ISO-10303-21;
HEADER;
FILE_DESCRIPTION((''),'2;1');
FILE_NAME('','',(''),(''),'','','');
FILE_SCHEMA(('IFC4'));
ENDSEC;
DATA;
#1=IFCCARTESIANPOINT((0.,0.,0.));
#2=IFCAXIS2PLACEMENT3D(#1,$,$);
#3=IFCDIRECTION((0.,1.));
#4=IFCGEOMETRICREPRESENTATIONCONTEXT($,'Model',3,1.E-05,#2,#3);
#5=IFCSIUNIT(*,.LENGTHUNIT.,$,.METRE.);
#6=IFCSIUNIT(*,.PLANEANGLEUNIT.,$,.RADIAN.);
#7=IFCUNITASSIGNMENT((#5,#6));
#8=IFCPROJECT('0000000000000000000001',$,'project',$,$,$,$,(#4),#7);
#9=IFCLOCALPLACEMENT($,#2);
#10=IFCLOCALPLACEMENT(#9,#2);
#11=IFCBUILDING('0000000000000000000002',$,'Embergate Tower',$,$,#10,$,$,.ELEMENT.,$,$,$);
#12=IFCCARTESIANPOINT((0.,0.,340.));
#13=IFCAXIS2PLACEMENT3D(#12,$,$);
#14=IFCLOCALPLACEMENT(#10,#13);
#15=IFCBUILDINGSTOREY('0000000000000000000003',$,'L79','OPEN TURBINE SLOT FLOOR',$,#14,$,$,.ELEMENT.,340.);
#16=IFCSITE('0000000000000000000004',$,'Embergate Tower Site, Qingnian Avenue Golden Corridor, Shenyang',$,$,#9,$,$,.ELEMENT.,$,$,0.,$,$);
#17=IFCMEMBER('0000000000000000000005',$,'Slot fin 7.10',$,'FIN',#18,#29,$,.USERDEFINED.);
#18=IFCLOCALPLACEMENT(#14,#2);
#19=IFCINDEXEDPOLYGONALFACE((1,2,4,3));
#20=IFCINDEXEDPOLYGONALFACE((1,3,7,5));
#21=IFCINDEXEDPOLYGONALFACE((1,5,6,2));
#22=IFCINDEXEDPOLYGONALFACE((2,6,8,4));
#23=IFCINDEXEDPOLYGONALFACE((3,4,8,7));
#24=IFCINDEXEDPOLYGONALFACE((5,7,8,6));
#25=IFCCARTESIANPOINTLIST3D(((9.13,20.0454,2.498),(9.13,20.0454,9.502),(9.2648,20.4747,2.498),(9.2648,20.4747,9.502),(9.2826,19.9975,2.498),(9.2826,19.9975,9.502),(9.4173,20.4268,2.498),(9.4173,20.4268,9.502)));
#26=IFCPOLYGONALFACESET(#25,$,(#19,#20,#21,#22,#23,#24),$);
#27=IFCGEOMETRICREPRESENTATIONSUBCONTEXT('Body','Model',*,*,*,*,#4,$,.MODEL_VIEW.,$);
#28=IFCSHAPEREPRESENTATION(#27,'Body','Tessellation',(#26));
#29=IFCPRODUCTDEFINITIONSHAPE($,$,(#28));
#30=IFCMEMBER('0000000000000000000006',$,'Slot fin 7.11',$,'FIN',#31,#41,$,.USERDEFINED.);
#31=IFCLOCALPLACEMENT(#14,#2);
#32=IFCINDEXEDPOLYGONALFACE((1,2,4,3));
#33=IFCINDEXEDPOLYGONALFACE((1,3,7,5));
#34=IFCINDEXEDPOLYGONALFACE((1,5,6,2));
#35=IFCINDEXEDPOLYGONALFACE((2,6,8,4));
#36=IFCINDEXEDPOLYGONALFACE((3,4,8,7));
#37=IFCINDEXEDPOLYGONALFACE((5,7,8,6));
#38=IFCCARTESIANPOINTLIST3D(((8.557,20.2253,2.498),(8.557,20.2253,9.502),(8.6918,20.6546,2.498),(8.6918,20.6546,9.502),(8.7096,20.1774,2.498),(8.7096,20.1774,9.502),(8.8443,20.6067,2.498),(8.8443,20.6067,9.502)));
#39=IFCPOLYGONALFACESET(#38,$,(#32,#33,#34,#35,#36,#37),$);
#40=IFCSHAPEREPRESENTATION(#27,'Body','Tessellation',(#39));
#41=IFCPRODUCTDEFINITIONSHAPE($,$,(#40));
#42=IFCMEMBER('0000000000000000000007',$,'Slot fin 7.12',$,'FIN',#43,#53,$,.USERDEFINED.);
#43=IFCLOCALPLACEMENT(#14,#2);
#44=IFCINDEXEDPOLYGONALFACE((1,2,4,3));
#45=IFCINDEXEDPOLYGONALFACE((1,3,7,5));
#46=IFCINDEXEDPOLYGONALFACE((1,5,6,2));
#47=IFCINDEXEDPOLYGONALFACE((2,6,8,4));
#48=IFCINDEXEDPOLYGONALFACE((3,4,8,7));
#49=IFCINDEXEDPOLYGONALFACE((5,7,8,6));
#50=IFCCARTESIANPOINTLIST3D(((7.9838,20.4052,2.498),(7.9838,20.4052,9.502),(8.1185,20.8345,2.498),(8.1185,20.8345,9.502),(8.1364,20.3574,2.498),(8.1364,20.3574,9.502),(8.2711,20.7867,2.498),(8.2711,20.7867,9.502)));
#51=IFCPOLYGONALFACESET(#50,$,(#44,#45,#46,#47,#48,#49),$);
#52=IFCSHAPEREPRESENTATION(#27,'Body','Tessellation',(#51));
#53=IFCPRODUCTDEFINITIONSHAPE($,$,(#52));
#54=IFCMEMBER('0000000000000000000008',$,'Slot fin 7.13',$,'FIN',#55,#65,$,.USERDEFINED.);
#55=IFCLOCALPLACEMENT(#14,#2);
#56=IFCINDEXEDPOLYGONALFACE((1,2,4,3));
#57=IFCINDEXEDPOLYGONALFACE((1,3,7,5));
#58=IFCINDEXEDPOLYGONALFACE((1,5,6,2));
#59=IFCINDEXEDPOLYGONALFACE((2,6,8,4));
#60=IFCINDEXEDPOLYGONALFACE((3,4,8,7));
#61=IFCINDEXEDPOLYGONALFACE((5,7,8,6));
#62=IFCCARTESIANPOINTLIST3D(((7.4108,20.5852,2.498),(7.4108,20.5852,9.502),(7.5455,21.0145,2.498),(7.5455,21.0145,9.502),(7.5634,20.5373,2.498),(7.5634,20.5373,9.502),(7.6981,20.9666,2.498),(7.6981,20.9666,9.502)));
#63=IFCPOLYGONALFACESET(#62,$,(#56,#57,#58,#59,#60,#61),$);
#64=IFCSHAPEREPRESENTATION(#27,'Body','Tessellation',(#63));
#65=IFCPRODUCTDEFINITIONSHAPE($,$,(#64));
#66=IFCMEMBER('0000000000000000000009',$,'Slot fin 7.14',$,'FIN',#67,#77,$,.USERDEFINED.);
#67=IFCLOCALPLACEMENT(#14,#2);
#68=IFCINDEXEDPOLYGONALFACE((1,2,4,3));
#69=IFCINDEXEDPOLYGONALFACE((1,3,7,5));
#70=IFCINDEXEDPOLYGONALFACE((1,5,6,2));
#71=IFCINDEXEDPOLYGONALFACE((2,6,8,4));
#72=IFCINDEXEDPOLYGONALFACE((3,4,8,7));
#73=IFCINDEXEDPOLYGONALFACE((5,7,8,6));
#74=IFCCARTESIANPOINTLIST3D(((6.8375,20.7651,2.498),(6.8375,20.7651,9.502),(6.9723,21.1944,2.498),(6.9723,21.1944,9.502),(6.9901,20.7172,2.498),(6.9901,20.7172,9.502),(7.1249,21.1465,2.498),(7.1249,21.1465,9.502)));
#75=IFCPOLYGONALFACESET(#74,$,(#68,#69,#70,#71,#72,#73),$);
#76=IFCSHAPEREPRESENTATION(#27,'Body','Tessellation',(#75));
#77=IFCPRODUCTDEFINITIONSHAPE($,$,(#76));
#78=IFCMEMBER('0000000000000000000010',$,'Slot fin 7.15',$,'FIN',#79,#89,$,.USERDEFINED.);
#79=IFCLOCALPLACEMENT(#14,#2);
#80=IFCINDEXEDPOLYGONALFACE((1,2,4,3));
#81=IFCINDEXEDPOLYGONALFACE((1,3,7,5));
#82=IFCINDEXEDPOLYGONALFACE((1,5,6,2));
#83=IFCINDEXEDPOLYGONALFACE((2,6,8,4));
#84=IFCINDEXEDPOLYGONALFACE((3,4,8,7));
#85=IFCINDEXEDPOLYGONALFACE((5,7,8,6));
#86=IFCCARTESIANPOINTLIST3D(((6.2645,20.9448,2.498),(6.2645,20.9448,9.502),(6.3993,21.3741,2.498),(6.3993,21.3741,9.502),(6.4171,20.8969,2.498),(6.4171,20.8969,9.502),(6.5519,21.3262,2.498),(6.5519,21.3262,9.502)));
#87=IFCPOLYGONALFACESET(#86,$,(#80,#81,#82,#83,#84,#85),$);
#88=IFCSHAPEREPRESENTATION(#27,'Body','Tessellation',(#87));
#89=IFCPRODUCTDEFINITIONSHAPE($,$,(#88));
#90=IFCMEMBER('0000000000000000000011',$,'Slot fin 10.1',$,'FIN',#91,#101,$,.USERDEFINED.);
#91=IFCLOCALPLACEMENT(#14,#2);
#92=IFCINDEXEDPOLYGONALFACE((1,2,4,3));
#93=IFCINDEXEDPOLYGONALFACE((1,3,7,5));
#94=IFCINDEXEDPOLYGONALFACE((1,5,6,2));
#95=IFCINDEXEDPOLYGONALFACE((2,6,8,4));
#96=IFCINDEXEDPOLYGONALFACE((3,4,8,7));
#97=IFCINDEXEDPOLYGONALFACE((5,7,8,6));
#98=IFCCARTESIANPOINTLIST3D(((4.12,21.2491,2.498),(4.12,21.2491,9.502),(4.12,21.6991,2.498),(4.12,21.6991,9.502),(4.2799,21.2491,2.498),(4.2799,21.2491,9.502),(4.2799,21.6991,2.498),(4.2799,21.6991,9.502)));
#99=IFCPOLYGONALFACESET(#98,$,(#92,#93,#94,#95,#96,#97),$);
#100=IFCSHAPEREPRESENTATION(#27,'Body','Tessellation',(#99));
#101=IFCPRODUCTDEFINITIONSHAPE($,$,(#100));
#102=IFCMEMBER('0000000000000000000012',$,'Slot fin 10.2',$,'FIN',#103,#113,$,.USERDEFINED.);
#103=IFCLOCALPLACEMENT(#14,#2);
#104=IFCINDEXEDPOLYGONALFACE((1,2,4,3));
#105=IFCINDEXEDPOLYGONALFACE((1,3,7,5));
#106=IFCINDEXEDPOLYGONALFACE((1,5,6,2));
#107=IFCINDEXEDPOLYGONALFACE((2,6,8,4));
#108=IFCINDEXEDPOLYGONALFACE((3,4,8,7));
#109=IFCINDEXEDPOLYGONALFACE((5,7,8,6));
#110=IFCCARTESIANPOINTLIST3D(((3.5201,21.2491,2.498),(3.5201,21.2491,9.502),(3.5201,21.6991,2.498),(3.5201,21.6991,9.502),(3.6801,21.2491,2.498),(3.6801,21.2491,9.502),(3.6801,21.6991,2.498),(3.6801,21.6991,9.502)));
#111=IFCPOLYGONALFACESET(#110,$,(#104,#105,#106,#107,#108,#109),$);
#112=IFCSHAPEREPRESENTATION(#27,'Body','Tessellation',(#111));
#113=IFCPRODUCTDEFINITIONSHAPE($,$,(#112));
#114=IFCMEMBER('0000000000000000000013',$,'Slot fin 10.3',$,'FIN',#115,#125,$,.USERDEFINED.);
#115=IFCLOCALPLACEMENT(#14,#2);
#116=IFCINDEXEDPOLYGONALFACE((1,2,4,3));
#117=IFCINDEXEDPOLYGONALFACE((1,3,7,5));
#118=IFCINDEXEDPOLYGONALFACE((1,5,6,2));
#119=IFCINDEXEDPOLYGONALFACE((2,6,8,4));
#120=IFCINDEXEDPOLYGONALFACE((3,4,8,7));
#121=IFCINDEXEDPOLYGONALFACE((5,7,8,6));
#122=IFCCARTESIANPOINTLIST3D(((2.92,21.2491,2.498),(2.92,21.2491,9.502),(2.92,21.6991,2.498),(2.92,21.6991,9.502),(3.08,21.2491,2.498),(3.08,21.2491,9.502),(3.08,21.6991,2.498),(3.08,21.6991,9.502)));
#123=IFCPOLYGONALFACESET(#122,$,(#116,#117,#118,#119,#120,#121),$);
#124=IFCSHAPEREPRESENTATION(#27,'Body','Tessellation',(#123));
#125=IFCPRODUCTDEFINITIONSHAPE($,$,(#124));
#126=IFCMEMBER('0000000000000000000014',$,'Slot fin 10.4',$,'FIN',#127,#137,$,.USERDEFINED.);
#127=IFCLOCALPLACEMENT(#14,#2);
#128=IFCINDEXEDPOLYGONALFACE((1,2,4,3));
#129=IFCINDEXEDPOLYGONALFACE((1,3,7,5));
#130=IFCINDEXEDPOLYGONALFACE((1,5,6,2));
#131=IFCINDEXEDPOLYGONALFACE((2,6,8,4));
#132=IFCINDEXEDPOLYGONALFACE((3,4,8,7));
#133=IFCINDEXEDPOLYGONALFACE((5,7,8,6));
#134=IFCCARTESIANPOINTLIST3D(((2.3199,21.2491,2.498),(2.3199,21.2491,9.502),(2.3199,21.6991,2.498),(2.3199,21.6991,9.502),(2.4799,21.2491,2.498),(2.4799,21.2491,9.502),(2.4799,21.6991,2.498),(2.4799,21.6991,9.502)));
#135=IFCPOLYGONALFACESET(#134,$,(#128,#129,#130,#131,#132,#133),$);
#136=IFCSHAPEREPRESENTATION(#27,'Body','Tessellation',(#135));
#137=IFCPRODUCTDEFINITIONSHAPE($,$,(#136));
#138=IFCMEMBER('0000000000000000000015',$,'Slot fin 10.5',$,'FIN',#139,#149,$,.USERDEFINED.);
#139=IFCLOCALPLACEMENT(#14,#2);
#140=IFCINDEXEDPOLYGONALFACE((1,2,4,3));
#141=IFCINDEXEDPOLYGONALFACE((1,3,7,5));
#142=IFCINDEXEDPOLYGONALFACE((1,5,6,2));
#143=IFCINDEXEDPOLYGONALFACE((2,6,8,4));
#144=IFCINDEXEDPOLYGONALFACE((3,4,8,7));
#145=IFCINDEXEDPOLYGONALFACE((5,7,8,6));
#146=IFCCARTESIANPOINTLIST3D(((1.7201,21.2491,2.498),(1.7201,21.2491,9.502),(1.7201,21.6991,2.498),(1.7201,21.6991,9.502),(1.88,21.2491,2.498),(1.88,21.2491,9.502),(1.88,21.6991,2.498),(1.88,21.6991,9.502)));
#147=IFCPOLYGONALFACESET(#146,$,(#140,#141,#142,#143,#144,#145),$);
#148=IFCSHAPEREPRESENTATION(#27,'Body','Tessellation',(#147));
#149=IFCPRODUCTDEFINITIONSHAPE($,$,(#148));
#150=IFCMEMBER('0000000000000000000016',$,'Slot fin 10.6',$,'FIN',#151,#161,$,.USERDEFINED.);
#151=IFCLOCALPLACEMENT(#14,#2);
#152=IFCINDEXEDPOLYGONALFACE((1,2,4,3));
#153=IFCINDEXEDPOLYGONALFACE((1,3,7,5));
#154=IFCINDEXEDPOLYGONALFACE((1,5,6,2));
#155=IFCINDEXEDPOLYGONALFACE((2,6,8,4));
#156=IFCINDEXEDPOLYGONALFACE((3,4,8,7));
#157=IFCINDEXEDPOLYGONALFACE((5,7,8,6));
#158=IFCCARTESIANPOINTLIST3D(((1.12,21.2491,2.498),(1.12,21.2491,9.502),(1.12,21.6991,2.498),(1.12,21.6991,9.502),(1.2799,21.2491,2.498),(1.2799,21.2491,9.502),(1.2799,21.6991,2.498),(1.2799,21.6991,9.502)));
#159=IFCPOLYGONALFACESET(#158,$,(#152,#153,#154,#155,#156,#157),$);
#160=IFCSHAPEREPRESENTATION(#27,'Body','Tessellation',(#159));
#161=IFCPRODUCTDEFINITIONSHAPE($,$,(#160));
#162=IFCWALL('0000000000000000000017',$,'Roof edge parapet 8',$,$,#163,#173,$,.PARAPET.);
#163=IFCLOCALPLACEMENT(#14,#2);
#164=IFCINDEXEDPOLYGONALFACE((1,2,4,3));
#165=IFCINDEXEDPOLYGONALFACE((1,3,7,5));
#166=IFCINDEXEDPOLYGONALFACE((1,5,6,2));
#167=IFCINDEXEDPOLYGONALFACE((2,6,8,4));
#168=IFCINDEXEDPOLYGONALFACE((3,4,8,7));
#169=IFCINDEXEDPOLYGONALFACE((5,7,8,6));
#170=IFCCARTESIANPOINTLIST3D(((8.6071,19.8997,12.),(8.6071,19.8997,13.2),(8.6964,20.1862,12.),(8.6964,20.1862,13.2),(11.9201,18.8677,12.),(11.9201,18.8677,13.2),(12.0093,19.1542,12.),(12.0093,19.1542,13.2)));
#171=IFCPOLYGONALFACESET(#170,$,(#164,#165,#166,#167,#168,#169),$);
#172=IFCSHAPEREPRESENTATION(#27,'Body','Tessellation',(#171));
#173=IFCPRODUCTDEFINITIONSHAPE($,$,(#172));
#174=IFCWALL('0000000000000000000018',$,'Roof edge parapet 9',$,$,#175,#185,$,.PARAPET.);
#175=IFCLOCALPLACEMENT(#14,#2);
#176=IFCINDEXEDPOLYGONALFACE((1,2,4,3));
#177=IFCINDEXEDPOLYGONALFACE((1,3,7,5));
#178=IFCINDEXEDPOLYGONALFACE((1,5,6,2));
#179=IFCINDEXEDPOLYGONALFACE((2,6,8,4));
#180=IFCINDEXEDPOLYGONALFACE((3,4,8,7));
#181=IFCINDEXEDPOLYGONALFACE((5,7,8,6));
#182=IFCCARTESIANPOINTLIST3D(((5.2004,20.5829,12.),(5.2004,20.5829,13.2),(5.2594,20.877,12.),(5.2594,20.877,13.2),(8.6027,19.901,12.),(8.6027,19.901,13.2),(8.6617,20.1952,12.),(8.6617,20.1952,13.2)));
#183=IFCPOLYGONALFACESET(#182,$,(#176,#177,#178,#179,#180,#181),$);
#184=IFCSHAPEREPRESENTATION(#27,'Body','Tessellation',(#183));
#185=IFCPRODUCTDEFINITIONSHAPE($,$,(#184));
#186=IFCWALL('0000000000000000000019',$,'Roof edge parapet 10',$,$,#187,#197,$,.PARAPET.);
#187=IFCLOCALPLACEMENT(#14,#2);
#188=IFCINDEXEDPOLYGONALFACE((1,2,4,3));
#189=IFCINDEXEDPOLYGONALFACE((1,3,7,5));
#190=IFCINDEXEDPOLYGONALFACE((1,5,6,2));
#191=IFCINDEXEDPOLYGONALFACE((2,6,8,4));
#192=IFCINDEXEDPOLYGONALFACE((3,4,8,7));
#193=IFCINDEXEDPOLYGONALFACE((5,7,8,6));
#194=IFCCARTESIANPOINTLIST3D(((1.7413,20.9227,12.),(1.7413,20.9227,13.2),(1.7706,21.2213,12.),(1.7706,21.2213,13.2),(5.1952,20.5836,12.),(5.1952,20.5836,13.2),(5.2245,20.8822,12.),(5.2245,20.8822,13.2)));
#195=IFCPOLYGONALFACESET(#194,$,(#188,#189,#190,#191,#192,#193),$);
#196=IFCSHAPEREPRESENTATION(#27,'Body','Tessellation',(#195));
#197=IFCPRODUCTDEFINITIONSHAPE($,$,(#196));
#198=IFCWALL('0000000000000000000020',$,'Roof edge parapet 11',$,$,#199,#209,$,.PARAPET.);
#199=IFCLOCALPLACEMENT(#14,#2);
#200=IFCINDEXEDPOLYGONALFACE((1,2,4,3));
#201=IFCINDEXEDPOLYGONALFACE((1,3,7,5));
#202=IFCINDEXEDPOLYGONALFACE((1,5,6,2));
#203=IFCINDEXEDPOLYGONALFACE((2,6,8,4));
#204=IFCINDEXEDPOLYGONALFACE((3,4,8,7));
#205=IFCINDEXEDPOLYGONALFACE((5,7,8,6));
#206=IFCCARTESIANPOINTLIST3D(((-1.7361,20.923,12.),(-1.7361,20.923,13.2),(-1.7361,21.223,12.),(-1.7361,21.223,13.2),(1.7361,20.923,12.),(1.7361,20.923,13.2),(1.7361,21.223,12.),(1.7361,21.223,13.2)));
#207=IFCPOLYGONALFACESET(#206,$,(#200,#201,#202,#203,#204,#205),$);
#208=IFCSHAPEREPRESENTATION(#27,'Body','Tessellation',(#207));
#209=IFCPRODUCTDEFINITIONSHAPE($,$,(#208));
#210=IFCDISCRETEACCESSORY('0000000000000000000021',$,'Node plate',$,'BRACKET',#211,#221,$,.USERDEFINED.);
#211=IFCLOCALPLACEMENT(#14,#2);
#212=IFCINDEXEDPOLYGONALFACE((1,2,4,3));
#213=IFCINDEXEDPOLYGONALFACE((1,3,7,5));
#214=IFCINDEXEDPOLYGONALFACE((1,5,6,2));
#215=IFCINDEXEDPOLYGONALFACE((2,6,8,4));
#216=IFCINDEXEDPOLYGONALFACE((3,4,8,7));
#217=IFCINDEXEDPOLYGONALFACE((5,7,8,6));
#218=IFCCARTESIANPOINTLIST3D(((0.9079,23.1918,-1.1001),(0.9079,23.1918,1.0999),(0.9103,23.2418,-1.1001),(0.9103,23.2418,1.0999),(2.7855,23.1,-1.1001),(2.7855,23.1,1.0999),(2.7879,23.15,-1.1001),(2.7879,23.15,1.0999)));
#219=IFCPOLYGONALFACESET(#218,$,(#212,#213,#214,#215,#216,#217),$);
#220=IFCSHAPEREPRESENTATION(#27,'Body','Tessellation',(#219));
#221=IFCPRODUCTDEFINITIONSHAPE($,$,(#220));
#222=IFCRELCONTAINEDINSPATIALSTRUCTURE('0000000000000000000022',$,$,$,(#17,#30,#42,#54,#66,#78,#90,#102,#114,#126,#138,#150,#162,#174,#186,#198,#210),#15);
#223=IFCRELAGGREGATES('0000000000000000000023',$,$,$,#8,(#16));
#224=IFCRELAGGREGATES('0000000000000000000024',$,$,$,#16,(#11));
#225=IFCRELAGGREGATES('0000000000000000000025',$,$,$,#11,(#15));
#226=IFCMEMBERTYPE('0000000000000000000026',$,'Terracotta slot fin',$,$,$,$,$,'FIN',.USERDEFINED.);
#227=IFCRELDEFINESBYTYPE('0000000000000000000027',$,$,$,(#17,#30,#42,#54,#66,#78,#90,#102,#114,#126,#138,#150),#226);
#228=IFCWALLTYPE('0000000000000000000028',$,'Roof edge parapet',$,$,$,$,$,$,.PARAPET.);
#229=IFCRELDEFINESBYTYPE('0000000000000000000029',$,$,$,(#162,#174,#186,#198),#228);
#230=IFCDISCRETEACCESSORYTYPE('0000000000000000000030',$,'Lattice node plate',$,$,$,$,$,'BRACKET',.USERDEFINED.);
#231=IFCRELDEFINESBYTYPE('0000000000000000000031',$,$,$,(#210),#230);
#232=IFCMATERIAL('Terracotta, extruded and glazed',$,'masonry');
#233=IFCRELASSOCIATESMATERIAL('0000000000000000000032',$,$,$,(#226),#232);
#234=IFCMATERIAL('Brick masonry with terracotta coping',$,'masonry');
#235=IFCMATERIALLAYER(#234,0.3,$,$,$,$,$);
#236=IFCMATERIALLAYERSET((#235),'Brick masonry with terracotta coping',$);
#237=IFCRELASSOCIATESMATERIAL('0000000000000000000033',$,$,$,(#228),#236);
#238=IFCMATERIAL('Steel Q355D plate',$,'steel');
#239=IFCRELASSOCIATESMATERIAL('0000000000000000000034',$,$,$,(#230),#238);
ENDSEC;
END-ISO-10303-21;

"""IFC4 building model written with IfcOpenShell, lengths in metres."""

from ifc_helpers import new_model, si_unit, direction, frame, frame_2d, origin, origin_2d, place, context, subcontext, project, spatial, rectangle, extrude, source, transform, mapped, material, layer, layer_set, material_profile, profile_set, type_object, element, save


model = new_model("IFC4")

# Units and contexts
model_context = context("Model", 3, precision=1e-05, world=origin(), true_north=direction((0.0, 1.0)))
body_context = subcontext(model_context, "Body", "Model", "MODEL_VIEW")
ifc_project = project(units=[si_unit("LENGTHUNIT", "METRE"), si_unit("PLANEANGLEUNIT", "RADIAN")], contexts=[model_context])

# Site, building, storey
site_placement = place(None, origin())
site = spatial("IfcSite", under=ifc_project, at=site_placement, Name="Embergate Tower Site, Qingnian Avenue Golden Corridor, Shenyang", CompositionType="ELEMENT", RefElevation=0.0)
building_placement = place(site_placement, origin())
building = spatial("IfcBuilding", under=site, at=building_placement, Name="Embergate Tower", CompositionType="ELEMENT")
storey_placement = place(building_placement, frame((0.0, 0.0, 340.0)))
storey = spatial("IfcBuildingStorey", under=building, at=storey_placement, Name="L79", Description="OPEN TURBINE SLOT FLOOR", CompositionType="ELEMENT", Elevation=340.0)

# Members
ifc_material_1 = material(Name="Terracotta, extruded and glazed", Category="masonry")
ifc_material_profile_1 = material_profile(ifc_material_1, rectangle(XDim=0.45, YDim=0.1599, at=origin_2d()), Name="TC 450x160")
ifc_profile_set_1 = profile_set([ifc_material_profile_1], Name="Terracotta, extruded and glazed")
member_type_1 = type_object("IfcMemberType", Name="Terracotta slot fin", ElementType="FIN", PredefinedType="USERDEFINED", material=ifc_profile_set_1)
shared_shape_1 = source(origin(), body_context, "Body", "SweptSolid", [
    extrude(rectangle(XDim=0.45, YDim=0.1599, at=origin_2d()), origin(), (0.0, 0.0, 1.0), 7.0039),
])
for number, where, z_axis, x_axis, name in (
    (1, (9.2737, 20.2361, 2.498), (0.0, 0.0, 1.0), (-0.299449, -0.954112, 0.0), "Slot fin 7.10"),
    (2, (8.7007, 20.416, 2.498), (0.0, 0.0, 1.0), (-0.299449, -0.954112, 0.0), "Slot fin 7.11"),
    (3, (8.1274, 20.5959, 2.498), (0.0, 0.0, 1.0), (-0.299449, -0.954112, 0.0), "Slot fin 7.12"),
    (4, (7.5544, 20.7759, 2.498), (0.0, 0.0, 1.0), (-0.299449, -0.954112, 0.0), "Slot fin 7.13"),
    (5, (6.9812, 20.9558, 2.498), (0.0, 0.0, 1.0), (-0.299449, -0.954112, 0.0), "Slot fin 7.14"),
    (6, (6.4082, 21.1355, 2.498), (0.0, 0.0, 1.0), (-0.299449, -0.954112, 0.0), "Slot fin 7.15"),
    (7, (4.2, 21.4741, 2.498), (0.0, 0.0, 1.0), (0.0, -1.0, 0.0), "Slot fin 10.1"),
    (8, (3.6001, 21.4741, 2.498), (0.0, 0.0, 1.0), (0.0, -1.0, 0.0), "Slot fin 10.2"),
    (9, (3.0, 21.4741, 2.498), (0.0, 0.0, 1.0), (0.0, -1.0, 0.0), "Slot fin 10.3"),
    (10, (2.3999, 21.4741, 2.498), (0.0, 0.0, 1.0), (0.0, -1.0, 0.0), "Slot fin 10.4"),
    (11, (1.8, 21.4741, 2.498), (0.0, 0.0, 1.0), (0.0, -1.0, 0.0), "Slot fin 10.5"),
    (12, (1.2, 21.4741, 2.498), (0.0, 0.0, 1.0), (0.0, -1.0, 0.0), "Slot fin 10.6"),
):
    element("IfcMember", number, at=place(storey_placement, frame(where, z_axis=z_axis, x_axis=x_axis)), inside=storey, type_object=member_type_1, Name=name, ObjectType="FIN", PredefinedType="USERDEFINED", context=body_context, shape_type="MappedRepresentation", body=[
        mapped(shared_shape_1, transform((0.0, 0.0, 0.0))),
    ])

# Walls
ifc_material_2 = material(Name="Brick masonry with terracotta coping", Category="masonry")
ifc_layer = layer(ifc_material_2, 0.3)
ifc_layer_set = layer_set([ifc_layer], Name="Brick masonry with terracotta coping")
wall_type = type_object("IfcWallType", Name="Roof edge parapet", PredefinedType="PARAPET", material=ifc_layer_set)
shared_shape_2 = source(origin(), body_context, "Body", "SweptSolid", [
    extrude(rectangle(XDim=3.47, YDim=0.3, at=frame_2d((1.7349, 0.0))), origin(), (0.0, 0.0, 1.0), 1.2),
])
for number, where, z_axis, x_axis, name in (
    (13, (11.9646, 19.011, 12.0), (0.0, 0.0, 1.0), (-0.954752, 0.297402, 0.0), "Roof edge parapet 8"),
    (14, (8.6321, 20.0481, 12.0), (0.0, 0.0, 1.0), (-0.980502, 0.196508, 0.0), "Roof edge parapet 9"),
):
    element("IfcWall", number, at=place(storey_placement, frame(where, z_axis=z_axis, x_axis=x_axis)), inside=storey, type_object=wall_type, Name=name, PredefinedType="PARAPET", context=body_context, shape_type="MappedRepresentation", body=[
        mapped(shared_shape_2, transform((0.0, 0.0, 0.0))),
    ])
shared_shape_3 = source(origin(), body_context, "Body", "SweptSolid", [
    extrude(rectangle(XDim=3.4705, YDim=0.3, at=frame_2d((1.7354, 0.0))), origin(), (0.0, 0.0, 1.0), 1.2),
])
wall_1_placement = place(storey_placement, frame((5.21, 20.7329, 12.0), z_axis=(0.0, 0.0, 1.0), x_axis=(-0.995215, 0.097714, 0.0)))
element("IfcWall", 15, at=wall_1_placement, inside=storey, type_object=wall_type, Name="Roof edge parapet 10", PredefinedType="PARAPET", context=body_context, shape_type="MappedRepresentation", body=[
    mapped(shared_shape_3, transform((0.0, 0.0, 0.0))),
])
shared_shape_4 = source(origin(), body_context, "Body", "SweptSolid", [
    extrude(rectangle(XDim=3.4722, YDim=0.3, at=frame_2d((1.7361, 0.0))), origin(), (0.0, 0.0, 1.0), 1.2),
])
wall_2_placement = place(storey_placement, frame((1.7361, 21.073, 12.0), z_axis=(0.0, 0.0, 1.0), x_axis=(-1.0, 0.0, 0.0)))
element("IfcWall", 16, at=wall_2_placement, inside=storey, type_object=wall_type, Name="Roof edge parapet 11", PredefinedType="PARAPET", context=body_context, shape_type="MappedRepresentation", body=[
    mapped(shared_shape_4, transform((0.0, 0.0, 0.0))),
])

# Discrete accessory
ifc_material_3 = material(Name="Steel Q355D plate", Category="steel")
discrete_accessory_type = type_object("IfcDiscreteAccessoryType", Name="Lattice node plate", ElementType="BRACKET", PredefinedType="USERDEFINED", material=ifc_material_3)
shared_shape_5 = source(origin(), body_context, "Body", "SweptSolid", [
    extrude(rectangle(XDim=1.8799, YDim=0.05, at=origin_2d()), origin(), (0.0, 0.0, 1.0), 2.2),
])
discrete_accessory_placement = place(storey_placement, frame((1.8479, 23.1709, -1.1001), z_axis=(0.0, 0.0, 1.0), x_axis=(-0.998808, 0.048815, 0.0)))
element("IfcDiscreteAccessory", 17, at=discrete_accessory_placement, inside=storey, type_object=discrete_accessory_type, Name="Node plate", ObjectType="BRACKET", PredefinedType="USERDEFINED", context=body_context, shape_type="MappedRepresentation", body=[
    mapped(shared_shape_5, transform((0.0, 0.0, 0.0))),
])

save(model, "model.ifc")
